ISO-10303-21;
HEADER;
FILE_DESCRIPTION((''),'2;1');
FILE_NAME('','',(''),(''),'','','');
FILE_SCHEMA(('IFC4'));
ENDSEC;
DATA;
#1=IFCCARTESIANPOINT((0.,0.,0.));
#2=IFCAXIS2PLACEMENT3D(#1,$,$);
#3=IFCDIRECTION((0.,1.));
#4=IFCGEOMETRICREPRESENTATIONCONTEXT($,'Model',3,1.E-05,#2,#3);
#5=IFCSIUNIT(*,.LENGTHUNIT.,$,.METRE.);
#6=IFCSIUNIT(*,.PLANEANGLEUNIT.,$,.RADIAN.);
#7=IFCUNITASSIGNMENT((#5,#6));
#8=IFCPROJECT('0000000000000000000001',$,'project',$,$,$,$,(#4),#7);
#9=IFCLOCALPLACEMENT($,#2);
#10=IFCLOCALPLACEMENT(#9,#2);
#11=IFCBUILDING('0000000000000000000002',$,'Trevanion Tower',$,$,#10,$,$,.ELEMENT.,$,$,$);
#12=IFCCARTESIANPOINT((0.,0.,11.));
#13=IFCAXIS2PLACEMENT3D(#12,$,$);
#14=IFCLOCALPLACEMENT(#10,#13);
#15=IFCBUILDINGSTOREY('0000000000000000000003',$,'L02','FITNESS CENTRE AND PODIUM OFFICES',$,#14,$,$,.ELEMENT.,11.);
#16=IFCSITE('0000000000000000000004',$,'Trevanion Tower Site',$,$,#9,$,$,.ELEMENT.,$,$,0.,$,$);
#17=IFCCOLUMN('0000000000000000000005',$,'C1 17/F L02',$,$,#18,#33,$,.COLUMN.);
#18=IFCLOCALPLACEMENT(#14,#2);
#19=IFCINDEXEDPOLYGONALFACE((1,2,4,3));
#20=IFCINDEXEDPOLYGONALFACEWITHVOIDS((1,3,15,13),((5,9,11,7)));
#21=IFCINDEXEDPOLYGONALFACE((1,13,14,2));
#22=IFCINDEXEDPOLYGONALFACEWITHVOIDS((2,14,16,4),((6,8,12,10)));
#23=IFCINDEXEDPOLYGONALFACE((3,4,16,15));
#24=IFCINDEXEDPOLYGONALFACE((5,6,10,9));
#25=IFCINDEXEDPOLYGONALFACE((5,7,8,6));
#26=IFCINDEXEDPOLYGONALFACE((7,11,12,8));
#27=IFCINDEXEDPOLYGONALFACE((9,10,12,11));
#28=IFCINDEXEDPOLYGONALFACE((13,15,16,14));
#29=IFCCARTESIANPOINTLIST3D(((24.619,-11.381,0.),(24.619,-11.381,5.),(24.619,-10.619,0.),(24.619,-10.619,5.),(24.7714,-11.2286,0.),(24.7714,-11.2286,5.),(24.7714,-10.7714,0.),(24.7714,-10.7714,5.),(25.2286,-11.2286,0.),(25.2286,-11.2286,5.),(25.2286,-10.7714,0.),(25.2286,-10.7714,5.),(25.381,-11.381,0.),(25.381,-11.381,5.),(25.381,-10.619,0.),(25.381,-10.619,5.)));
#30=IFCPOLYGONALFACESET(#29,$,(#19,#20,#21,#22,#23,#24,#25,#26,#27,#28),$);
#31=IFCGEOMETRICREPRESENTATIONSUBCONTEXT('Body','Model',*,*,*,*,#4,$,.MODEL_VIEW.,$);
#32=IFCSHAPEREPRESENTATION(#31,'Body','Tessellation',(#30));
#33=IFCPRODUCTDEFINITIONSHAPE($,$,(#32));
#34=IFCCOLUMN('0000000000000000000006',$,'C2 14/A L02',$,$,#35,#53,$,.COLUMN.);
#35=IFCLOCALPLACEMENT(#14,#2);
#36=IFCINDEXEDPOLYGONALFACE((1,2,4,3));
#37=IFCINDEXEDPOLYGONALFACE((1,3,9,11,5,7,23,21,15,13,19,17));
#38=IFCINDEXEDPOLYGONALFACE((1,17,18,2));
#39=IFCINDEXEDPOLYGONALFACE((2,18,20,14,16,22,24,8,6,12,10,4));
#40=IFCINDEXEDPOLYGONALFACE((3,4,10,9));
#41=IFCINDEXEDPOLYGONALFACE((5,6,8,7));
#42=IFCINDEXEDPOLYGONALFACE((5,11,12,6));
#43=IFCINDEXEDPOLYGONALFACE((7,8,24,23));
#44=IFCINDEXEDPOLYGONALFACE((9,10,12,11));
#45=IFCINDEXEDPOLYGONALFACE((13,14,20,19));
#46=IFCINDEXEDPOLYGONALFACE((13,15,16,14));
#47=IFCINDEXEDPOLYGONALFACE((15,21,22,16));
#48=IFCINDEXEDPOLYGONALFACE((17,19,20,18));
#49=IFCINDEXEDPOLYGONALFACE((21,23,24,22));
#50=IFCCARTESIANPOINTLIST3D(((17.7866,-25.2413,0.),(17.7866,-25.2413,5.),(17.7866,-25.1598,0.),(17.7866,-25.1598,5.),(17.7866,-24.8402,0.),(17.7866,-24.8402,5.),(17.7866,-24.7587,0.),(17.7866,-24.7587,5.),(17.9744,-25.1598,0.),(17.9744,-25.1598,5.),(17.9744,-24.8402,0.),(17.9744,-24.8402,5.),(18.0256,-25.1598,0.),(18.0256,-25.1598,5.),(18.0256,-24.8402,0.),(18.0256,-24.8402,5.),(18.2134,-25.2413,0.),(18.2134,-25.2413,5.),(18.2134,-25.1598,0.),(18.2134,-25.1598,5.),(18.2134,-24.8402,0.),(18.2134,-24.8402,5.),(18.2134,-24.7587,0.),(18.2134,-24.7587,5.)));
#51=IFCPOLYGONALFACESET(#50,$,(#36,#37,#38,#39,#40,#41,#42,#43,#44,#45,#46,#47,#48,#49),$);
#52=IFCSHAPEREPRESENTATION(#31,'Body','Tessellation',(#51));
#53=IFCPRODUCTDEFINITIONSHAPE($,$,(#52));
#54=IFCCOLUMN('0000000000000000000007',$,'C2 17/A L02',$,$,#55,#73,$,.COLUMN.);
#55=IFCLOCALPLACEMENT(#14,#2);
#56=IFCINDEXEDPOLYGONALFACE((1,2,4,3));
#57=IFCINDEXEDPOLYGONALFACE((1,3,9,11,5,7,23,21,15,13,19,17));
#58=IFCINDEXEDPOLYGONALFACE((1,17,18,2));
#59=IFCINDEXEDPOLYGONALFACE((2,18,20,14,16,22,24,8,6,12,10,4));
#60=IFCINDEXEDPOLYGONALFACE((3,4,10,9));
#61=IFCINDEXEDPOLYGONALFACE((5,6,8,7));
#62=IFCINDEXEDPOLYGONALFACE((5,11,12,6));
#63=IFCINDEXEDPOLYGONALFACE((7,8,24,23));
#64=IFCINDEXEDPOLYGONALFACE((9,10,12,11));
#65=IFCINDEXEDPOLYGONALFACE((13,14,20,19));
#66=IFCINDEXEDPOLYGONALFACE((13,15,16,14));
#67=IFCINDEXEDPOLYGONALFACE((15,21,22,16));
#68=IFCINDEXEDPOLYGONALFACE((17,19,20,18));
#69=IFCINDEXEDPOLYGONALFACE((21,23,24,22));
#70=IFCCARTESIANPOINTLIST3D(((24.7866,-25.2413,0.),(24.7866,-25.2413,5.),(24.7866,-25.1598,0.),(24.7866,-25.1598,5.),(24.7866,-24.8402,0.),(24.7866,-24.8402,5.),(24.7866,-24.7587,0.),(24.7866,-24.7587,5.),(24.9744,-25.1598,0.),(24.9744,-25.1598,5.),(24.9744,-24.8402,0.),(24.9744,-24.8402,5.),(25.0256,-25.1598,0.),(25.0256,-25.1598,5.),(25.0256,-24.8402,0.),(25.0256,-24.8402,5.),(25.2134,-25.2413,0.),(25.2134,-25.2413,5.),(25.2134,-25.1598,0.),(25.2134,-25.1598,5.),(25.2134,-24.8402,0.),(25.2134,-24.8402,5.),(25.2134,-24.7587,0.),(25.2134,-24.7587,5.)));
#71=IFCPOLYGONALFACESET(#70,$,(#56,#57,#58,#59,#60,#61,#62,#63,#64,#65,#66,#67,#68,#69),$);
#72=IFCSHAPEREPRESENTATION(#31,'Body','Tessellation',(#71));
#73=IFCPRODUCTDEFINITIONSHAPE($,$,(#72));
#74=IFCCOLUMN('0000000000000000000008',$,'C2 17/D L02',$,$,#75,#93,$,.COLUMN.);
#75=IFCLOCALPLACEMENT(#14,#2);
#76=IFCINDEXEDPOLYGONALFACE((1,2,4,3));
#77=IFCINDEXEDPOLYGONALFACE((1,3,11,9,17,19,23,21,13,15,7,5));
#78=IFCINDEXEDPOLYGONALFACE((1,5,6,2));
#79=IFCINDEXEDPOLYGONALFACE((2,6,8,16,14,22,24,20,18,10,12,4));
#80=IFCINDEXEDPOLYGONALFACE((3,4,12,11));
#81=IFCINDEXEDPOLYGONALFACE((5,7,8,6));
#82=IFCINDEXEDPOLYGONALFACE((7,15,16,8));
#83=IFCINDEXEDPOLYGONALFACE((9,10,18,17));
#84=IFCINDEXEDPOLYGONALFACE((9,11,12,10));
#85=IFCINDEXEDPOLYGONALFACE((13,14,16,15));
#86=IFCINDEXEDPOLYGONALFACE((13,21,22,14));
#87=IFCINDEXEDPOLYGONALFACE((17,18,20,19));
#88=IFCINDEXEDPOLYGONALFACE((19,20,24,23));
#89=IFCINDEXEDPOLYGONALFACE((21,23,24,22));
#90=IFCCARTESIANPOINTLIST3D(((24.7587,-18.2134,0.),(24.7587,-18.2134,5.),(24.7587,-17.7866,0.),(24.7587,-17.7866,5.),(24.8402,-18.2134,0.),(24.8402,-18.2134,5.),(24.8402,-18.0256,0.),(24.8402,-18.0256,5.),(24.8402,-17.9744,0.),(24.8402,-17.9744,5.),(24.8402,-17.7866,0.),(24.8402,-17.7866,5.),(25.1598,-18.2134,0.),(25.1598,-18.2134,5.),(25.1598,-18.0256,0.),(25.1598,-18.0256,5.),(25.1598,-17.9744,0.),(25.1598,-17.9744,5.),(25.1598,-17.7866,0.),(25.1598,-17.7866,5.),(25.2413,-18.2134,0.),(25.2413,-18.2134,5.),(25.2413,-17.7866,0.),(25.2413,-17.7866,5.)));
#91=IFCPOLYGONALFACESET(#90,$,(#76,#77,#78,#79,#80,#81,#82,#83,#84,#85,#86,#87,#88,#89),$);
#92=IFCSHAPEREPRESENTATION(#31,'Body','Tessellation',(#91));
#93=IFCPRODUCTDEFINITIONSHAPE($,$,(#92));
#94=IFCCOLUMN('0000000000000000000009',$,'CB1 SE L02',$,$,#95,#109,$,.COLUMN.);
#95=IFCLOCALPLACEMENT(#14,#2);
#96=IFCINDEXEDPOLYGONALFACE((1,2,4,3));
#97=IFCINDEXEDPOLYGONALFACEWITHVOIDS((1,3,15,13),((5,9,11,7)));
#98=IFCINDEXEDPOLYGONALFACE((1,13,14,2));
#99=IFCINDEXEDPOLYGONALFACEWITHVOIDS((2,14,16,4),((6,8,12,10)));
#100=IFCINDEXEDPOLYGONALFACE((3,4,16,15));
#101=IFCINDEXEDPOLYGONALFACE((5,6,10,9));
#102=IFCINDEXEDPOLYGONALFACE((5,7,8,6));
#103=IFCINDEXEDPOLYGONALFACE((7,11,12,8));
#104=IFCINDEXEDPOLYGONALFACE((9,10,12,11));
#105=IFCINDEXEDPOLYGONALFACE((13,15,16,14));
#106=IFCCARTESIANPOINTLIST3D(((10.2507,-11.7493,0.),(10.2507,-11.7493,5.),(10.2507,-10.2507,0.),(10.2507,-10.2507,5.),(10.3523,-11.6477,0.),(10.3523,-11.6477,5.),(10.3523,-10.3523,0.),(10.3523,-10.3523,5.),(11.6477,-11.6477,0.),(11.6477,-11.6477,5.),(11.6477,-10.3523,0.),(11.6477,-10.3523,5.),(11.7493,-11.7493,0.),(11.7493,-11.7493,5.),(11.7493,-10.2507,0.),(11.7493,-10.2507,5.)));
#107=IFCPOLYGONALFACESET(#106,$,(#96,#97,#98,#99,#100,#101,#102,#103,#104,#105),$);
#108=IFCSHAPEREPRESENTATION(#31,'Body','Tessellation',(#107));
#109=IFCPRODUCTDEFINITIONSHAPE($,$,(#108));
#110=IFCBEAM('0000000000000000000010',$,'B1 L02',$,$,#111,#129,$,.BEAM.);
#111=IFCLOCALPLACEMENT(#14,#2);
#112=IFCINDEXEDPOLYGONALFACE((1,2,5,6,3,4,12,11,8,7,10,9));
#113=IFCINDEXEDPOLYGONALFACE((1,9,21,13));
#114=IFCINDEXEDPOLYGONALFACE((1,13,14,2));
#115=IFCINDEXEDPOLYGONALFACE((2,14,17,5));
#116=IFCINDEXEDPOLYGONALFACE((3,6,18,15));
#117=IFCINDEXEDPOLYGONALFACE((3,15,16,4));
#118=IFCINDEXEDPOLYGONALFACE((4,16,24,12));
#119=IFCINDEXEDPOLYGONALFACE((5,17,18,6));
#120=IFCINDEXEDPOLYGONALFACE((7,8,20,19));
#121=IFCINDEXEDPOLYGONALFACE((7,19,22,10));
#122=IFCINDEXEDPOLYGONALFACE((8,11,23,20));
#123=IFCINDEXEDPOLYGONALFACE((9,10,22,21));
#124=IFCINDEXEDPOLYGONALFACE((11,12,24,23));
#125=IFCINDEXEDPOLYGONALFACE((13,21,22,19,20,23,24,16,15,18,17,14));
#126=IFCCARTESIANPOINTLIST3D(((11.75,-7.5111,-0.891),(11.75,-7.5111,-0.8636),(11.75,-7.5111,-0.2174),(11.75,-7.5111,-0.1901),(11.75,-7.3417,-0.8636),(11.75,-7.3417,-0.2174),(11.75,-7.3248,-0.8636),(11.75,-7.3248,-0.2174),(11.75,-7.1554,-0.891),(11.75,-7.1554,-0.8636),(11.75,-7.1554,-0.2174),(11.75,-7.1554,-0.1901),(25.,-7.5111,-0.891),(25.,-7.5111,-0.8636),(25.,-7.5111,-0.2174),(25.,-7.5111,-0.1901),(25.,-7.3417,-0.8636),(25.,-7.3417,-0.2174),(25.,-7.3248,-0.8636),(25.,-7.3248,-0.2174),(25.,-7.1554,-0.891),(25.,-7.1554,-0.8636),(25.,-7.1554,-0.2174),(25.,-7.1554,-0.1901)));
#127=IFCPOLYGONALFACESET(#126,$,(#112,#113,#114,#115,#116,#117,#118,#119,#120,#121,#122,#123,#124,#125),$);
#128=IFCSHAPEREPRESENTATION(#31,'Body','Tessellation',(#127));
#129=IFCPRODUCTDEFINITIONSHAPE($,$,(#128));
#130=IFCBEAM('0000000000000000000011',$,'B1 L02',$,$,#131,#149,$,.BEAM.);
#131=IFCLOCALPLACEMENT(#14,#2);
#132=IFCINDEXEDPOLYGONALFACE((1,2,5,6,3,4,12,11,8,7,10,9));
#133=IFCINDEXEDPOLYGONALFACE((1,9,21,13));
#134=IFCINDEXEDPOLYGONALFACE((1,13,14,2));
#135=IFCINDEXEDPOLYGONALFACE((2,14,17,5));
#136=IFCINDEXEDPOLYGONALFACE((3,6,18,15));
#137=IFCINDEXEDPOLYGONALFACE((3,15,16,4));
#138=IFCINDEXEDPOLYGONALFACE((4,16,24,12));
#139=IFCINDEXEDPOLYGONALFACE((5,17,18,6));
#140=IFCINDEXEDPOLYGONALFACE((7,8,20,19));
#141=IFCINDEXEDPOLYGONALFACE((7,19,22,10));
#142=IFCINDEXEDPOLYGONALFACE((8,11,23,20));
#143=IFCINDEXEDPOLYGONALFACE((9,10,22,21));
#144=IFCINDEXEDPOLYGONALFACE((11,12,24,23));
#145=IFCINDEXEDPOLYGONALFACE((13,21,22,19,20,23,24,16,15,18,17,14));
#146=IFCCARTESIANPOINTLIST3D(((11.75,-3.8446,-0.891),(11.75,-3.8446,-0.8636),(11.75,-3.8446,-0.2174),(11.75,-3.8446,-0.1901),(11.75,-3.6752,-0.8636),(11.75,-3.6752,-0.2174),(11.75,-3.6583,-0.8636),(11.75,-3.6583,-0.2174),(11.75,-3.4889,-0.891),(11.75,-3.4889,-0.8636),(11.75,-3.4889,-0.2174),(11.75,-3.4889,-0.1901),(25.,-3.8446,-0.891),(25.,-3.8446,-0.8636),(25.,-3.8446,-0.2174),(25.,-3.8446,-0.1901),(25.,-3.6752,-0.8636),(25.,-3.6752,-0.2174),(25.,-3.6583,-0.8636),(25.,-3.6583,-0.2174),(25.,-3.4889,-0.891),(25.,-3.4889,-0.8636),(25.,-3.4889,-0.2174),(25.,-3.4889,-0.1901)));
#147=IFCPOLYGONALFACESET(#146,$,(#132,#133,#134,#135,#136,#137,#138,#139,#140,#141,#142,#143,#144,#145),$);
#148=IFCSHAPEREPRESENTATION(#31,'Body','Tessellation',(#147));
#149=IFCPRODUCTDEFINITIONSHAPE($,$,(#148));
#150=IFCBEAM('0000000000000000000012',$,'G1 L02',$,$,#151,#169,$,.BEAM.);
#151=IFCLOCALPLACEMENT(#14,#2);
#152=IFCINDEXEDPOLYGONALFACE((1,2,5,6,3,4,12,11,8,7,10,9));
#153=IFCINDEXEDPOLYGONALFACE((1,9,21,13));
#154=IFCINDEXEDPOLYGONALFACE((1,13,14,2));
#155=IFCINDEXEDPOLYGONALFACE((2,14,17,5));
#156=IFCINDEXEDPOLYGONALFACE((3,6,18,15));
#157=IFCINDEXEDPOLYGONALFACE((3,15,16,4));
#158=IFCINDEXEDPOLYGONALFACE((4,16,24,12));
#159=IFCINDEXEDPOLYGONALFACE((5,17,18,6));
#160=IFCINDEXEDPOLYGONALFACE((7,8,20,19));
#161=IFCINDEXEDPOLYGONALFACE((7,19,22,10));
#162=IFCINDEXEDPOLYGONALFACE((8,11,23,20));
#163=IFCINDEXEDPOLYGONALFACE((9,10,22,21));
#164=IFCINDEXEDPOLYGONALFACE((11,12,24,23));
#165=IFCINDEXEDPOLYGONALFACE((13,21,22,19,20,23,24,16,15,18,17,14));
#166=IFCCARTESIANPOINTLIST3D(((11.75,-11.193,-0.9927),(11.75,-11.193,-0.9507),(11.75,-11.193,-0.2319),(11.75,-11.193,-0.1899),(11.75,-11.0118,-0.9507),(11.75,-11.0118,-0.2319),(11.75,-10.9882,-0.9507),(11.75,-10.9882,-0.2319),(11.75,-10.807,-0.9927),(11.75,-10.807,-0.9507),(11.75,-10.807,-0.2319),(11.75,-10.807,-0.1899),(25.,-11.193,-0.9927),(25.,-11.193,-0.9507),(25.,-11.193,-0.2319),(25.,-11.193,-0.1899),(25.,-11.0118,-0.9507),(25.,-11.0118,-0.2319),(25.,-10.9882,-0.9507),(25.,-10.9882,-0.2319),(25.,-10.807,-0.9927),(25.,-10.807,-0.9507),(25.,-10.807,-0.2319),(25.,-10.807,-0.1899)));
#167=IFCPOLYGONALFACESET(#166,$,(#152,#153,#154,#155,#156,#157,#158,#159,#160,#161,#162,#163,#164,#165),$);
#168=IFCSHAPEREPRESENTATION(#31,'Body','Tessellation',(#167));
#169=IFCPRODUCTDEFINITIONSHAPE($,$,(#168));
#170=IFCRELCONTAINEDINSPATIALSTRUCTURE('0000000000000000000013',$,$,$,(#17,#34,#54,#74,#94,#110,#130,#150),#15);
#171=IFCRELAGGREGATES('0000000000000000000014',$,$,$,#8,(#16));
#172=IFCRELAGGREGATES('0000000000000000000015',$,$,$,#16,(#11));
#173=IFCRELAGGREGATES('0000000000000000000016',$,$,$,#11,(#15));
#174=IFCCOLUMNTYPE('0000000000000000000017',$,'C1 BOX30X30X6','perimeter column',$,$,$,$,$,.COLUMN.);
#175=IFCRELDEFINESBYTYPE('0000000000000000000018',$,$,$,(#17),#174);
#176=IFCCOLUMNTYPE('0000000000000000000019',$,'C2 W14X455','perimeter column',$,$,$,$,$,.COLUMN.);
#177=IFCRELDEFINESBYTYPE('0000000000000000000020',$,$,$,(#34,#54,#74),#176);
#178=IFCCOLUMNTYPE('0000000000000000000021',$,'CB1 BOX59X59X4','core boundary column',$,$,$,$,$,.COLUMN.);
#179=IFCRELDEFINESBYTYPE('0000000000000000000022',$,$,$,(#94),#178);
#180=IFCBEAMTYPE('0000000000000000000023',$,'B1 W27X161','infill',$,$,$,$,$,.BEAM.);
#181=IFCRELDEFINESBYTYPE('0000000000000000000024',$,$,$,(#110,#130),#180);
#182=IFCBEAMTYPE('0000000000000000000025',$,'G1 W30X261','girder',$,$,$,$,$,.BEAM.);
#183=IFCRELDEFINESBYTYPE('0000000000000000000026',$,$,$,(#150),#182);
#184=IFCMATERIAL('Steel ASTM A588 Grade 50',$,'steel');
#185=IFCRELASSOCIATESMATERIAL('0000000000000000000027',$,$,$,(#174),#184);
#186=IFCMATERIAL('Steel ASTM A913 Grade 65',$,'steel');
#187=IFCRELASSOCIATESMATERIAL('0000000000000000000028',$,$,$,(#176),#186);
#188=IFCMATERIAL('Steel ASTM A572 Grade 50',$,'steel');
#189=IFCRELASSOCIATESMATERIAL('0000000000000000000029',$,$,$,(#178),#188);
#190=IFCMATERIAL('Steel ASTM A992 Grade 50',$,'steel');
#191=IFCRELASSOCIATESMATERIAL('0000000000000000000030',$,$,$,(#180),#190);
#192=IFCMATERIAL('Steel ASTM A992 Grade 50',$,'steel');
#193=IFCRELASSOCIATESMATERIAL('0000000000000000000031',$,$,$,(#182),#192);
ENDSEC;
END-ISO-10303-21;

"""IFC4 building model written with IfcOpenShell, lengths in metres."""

from ifc_helpers import new_model, si_unit, direction, frame, origin, origin_2d, place, context, subcontext, project, spatial, hollow_rectangle, i_section, extrude, material, material_profile, profile_set, type_object, element, save


model = new_model("IFC4")

# Units and contexts
model_context = context("Model", 3, precision=1e-05, world=origin(), true_north=direction((0.0, 1.0)))
body_context = subcontext(model_context, "Body", "Model", "MODEL_VIEW")
ifc_project = project(units=[si_unit("LENGTHUNIT", "METRE"), si_unit("PLANEANGLEUNIT", "RADIAN")], contexts=[model_context])

# Site, building, storey
site_placement = place(None, origin())
site = spatial("IfcSite", under=ifc_project, at=site_placement, Name="Trevanion Tower Site", CompositionType="ELEMENT", RefElevation=0.0)
building_placement = place(site_placement, origin())
building = spatial("IfcBuilding", under=site, at=building_placement, Name="Trevanion Tower", CompositionType="ELEMENT")
storey_placement = place(building_placement, frame((0.0, 0.0, 11.0)))
storey = spatial("IfcBuildingStorey", under=building, at=storey_placement, Name="L02", Description="FITNESS CENTRE AND PODIUM OFFICES", CompositionType="ELEMENT", Elevation=11.0)

# Columns
ifc_material_1 = material(Name="Steel ASTM A588 Grade 50", Category="steel")
ifc_material_profile_1 = material_profile(ifc_material_1, hollow_rectangle(XDim=0.762, YDim=0.762, WallThickness=0.1523, at=origin_2d()), Name="BOX30X30X6")
ifc_profile_set_1 = profile_set([ifc_material_profile_1], Name="Steel ASTM A588 Grade 50")
column_type_1 = type_object("IfcColumnType", Name="C1 BOX30X30X6", Description="perimeter column", PredefinedType="COLUMN", material=ifc_profile_set_1)
column_1_placement = place(storey_placement, frame((25.0, -11.0, 0.0), z_axis=(0.0, 0.0, 1.0), x_axis=(0.0, 1.0, 0.0)))
element("IfcColumn", 1, at=column_1_placement, inside=storey, type_object=column_type_1, Name="C1 17/F L02", PredefinedType="COLUMN", context=body_context, shape_type="SweptSolid", body=[
    extrude(hollow_rectangle(XDim=0.762, YDim=0.762, WallThickness=0.1523, at=origin_2d()), origin(), (0.0, 0.0, 1.0), 5.0),
])
ifc_material_2 = material(Name="Steel ASTM A913 Grade 65", Category="steel")
ifc_material_profile_2 = material_profile(ifc_material_2, i_section(OverallWidth=0.4268, OverallDepth=0.4827, WebThickness=0.0513, FlangeThickness=0.0815, at=origin_2d()), Name="W14X455")
ifc_profile_set_2 = profile_set([ifc_material_profile_2], Name="Steel ASTM A913 Grade 65")
column_type_2 = type_object("IfcColumnType", Name="C2 W14X455", Description="perimeter column", PredefinedType="COLUMN", material=ifc_profile_set_2)
for number, where, z_axis, x_axis, name in (
    (2, (18.0, -25.0, 0.0), (0.0, 0.0, 1.0), (1.0, 0.0, 0.0), "C2 14/A L02"),
    (3, (25.0, -25.0, 0.0), (0.0, 0.0, 1.0), (1.0, 0.0, 0.0), "C2 17/A L02"),
    (4, (25.0, -18.0, 0.0), (0.0, 0.0, 1.0), (0.0, 1.0, 0.0), "C2 17/D L02"),
):
    element("IfcColumn", number, at=place(storey_placement, frame(where, z_axis=z_axis, x_axis=x_axis)), inside=storey, type_object=column_type_2, Name=name, PredefinedType="COLUMN", context=body_context, shape_type="SweptSolid", body=[
        extrude(i_section(OverallWidth=0.4268, OverallDepth=0.4827, WebThickness=0.0513, FlangeThickness=0.0815, at=origin_2d()), origin(), (0.0, 0.0, 1.0), 5.0),
    ])
ifc_material_3 = material(Name="Steel ASTM A572 Grade 50", Category="steel")
ifc_material_profile_3 = material_profile(ifc_material_3, hollow_rectangle(XDim=1.4985, YDim=1.4985, WallThickness=0.1016, at=origin_2d()), Name="BOX59X59X4")
ifc_profile_set_3 = profile_set([ifc_material_profile_3], Name="Steel ASTM A572 Grade 50")
column_type_3 = type_object("IfcColumnType", Name="CB1 BOX59X59X4", Description="core boundary column", PredefinedType="COLUMN", material=ifc_profile_set_3)
column_2_placement = place(storey_placement, frame((11.0, -11.0, 0.0), z_axis=(0.0, 0.0, 1.0), x_axis=(1.0, 0.0, 0.0)))
element("IfcColumn", 5, at=column_2_placement, inside=storey, type_object=column_type_3, Name="CB1 SE L02", PredefinedType="COLUMN", context=body_context, shape_type="SweptSolid", body=[
    extrude(hollow_rectangle(XDim=1.4985, YDim=1.4985, WallThickness=0.1016, at=origin_2d()), origin(), (0.0, 0.0, 1.0), 5.0),
])

# Beams
ifc_material_4 = material(Name="Steel ASTM A992 Grade 50", Category="steel")
ifc_material_profile_4 = material_profile(ifc_material_4, i_section(OverallWidth=0.3557, OverallDepth=0.7009, WebThickness=0.0168, FlangeThickness=0.0273, at=origin_2d()), Name="W27X161")
ifc_profile_set_4 = profile_set([ifc_material_profile_4], Name="Steel ASTM A992 Grade 50")
beam_type_1 = type_object("IfcBeamType", Name="B1 W27X161", Description="infill", PredefinedType="BEAM", material=ifc_profile_set_4)
for number, where, z_axis, x_axis, name in (
    (6, (11.75, -7.3333, -0.5405), (1.0, 0.0, 0.0), (0.0, 1.0, 0.0), "B1 L02"),
    (7, (11.75, -3.6667, -0.5405), (1.0, 0.0, 0.0), (0.0, 1.0, 0.0), "B1 L02"),
):
    element("IfcBeam", number, at=place(storey_placement, frame(where, z_axis=z_axis, x_axis=x_axis)), inside=storey, type_object=beam_type_1, Name=name, PredefinedType="BEAM", context=body_context, shape_type="SweptSolid", body=[
        extrude(i_section(OverallWidth=0.3557, OverallDepth=0.7009, WebThickness=0.0168, FlangeThickness=0.0273, at=origin_2d()), origin(), (0.0, 0.0, 1.0), 13.25),
    ])
ifc_material_5 = material(Name="Steel ASTM A992 Grade 50", Category="steel")
ifc_material_profile_5 = material_profile(ifc_material_5, i_section(OverallWidth=0.386, OverallDepth=0.8027, WebThickness=0.0237, FlangeThickness=0.042, at=origin_2d()), Name="W30X261")
ifc_profile_set_5 = profile_set([ifc_material_profile_5], Name="Steel ASTM A992 Grade 50")
beam_type_2 = type_object("IfcBeamType", Name="G1 W30X261", Description="girder", PredefinedType="BEAM", material=ifc_profile_set_5)
beam_1_placement = place(storey_placement, frame((11.75, -11.0, -0.5913), z_axis=(1.0, 0.0, 0.0), x_axis=(0.0, 1.0, 0.0)))
element("IfcBeam", 8, at=beam_1_placement, inside=storey, type_object=beam_type_2, Name="G1 L02", PredefinedType="BEAM", context=body_context, shape_type="SweptSolid", body=[
    extrude(i_section(OverallWidth=0.386, OverallDepth=0.8027, WebThickness=0.0237, FlangeThickness=0.042, at=origin_2d()), origin(), (0.0, 0.0, 1.0), 13.25),
])

save(model, "model.ifc")
